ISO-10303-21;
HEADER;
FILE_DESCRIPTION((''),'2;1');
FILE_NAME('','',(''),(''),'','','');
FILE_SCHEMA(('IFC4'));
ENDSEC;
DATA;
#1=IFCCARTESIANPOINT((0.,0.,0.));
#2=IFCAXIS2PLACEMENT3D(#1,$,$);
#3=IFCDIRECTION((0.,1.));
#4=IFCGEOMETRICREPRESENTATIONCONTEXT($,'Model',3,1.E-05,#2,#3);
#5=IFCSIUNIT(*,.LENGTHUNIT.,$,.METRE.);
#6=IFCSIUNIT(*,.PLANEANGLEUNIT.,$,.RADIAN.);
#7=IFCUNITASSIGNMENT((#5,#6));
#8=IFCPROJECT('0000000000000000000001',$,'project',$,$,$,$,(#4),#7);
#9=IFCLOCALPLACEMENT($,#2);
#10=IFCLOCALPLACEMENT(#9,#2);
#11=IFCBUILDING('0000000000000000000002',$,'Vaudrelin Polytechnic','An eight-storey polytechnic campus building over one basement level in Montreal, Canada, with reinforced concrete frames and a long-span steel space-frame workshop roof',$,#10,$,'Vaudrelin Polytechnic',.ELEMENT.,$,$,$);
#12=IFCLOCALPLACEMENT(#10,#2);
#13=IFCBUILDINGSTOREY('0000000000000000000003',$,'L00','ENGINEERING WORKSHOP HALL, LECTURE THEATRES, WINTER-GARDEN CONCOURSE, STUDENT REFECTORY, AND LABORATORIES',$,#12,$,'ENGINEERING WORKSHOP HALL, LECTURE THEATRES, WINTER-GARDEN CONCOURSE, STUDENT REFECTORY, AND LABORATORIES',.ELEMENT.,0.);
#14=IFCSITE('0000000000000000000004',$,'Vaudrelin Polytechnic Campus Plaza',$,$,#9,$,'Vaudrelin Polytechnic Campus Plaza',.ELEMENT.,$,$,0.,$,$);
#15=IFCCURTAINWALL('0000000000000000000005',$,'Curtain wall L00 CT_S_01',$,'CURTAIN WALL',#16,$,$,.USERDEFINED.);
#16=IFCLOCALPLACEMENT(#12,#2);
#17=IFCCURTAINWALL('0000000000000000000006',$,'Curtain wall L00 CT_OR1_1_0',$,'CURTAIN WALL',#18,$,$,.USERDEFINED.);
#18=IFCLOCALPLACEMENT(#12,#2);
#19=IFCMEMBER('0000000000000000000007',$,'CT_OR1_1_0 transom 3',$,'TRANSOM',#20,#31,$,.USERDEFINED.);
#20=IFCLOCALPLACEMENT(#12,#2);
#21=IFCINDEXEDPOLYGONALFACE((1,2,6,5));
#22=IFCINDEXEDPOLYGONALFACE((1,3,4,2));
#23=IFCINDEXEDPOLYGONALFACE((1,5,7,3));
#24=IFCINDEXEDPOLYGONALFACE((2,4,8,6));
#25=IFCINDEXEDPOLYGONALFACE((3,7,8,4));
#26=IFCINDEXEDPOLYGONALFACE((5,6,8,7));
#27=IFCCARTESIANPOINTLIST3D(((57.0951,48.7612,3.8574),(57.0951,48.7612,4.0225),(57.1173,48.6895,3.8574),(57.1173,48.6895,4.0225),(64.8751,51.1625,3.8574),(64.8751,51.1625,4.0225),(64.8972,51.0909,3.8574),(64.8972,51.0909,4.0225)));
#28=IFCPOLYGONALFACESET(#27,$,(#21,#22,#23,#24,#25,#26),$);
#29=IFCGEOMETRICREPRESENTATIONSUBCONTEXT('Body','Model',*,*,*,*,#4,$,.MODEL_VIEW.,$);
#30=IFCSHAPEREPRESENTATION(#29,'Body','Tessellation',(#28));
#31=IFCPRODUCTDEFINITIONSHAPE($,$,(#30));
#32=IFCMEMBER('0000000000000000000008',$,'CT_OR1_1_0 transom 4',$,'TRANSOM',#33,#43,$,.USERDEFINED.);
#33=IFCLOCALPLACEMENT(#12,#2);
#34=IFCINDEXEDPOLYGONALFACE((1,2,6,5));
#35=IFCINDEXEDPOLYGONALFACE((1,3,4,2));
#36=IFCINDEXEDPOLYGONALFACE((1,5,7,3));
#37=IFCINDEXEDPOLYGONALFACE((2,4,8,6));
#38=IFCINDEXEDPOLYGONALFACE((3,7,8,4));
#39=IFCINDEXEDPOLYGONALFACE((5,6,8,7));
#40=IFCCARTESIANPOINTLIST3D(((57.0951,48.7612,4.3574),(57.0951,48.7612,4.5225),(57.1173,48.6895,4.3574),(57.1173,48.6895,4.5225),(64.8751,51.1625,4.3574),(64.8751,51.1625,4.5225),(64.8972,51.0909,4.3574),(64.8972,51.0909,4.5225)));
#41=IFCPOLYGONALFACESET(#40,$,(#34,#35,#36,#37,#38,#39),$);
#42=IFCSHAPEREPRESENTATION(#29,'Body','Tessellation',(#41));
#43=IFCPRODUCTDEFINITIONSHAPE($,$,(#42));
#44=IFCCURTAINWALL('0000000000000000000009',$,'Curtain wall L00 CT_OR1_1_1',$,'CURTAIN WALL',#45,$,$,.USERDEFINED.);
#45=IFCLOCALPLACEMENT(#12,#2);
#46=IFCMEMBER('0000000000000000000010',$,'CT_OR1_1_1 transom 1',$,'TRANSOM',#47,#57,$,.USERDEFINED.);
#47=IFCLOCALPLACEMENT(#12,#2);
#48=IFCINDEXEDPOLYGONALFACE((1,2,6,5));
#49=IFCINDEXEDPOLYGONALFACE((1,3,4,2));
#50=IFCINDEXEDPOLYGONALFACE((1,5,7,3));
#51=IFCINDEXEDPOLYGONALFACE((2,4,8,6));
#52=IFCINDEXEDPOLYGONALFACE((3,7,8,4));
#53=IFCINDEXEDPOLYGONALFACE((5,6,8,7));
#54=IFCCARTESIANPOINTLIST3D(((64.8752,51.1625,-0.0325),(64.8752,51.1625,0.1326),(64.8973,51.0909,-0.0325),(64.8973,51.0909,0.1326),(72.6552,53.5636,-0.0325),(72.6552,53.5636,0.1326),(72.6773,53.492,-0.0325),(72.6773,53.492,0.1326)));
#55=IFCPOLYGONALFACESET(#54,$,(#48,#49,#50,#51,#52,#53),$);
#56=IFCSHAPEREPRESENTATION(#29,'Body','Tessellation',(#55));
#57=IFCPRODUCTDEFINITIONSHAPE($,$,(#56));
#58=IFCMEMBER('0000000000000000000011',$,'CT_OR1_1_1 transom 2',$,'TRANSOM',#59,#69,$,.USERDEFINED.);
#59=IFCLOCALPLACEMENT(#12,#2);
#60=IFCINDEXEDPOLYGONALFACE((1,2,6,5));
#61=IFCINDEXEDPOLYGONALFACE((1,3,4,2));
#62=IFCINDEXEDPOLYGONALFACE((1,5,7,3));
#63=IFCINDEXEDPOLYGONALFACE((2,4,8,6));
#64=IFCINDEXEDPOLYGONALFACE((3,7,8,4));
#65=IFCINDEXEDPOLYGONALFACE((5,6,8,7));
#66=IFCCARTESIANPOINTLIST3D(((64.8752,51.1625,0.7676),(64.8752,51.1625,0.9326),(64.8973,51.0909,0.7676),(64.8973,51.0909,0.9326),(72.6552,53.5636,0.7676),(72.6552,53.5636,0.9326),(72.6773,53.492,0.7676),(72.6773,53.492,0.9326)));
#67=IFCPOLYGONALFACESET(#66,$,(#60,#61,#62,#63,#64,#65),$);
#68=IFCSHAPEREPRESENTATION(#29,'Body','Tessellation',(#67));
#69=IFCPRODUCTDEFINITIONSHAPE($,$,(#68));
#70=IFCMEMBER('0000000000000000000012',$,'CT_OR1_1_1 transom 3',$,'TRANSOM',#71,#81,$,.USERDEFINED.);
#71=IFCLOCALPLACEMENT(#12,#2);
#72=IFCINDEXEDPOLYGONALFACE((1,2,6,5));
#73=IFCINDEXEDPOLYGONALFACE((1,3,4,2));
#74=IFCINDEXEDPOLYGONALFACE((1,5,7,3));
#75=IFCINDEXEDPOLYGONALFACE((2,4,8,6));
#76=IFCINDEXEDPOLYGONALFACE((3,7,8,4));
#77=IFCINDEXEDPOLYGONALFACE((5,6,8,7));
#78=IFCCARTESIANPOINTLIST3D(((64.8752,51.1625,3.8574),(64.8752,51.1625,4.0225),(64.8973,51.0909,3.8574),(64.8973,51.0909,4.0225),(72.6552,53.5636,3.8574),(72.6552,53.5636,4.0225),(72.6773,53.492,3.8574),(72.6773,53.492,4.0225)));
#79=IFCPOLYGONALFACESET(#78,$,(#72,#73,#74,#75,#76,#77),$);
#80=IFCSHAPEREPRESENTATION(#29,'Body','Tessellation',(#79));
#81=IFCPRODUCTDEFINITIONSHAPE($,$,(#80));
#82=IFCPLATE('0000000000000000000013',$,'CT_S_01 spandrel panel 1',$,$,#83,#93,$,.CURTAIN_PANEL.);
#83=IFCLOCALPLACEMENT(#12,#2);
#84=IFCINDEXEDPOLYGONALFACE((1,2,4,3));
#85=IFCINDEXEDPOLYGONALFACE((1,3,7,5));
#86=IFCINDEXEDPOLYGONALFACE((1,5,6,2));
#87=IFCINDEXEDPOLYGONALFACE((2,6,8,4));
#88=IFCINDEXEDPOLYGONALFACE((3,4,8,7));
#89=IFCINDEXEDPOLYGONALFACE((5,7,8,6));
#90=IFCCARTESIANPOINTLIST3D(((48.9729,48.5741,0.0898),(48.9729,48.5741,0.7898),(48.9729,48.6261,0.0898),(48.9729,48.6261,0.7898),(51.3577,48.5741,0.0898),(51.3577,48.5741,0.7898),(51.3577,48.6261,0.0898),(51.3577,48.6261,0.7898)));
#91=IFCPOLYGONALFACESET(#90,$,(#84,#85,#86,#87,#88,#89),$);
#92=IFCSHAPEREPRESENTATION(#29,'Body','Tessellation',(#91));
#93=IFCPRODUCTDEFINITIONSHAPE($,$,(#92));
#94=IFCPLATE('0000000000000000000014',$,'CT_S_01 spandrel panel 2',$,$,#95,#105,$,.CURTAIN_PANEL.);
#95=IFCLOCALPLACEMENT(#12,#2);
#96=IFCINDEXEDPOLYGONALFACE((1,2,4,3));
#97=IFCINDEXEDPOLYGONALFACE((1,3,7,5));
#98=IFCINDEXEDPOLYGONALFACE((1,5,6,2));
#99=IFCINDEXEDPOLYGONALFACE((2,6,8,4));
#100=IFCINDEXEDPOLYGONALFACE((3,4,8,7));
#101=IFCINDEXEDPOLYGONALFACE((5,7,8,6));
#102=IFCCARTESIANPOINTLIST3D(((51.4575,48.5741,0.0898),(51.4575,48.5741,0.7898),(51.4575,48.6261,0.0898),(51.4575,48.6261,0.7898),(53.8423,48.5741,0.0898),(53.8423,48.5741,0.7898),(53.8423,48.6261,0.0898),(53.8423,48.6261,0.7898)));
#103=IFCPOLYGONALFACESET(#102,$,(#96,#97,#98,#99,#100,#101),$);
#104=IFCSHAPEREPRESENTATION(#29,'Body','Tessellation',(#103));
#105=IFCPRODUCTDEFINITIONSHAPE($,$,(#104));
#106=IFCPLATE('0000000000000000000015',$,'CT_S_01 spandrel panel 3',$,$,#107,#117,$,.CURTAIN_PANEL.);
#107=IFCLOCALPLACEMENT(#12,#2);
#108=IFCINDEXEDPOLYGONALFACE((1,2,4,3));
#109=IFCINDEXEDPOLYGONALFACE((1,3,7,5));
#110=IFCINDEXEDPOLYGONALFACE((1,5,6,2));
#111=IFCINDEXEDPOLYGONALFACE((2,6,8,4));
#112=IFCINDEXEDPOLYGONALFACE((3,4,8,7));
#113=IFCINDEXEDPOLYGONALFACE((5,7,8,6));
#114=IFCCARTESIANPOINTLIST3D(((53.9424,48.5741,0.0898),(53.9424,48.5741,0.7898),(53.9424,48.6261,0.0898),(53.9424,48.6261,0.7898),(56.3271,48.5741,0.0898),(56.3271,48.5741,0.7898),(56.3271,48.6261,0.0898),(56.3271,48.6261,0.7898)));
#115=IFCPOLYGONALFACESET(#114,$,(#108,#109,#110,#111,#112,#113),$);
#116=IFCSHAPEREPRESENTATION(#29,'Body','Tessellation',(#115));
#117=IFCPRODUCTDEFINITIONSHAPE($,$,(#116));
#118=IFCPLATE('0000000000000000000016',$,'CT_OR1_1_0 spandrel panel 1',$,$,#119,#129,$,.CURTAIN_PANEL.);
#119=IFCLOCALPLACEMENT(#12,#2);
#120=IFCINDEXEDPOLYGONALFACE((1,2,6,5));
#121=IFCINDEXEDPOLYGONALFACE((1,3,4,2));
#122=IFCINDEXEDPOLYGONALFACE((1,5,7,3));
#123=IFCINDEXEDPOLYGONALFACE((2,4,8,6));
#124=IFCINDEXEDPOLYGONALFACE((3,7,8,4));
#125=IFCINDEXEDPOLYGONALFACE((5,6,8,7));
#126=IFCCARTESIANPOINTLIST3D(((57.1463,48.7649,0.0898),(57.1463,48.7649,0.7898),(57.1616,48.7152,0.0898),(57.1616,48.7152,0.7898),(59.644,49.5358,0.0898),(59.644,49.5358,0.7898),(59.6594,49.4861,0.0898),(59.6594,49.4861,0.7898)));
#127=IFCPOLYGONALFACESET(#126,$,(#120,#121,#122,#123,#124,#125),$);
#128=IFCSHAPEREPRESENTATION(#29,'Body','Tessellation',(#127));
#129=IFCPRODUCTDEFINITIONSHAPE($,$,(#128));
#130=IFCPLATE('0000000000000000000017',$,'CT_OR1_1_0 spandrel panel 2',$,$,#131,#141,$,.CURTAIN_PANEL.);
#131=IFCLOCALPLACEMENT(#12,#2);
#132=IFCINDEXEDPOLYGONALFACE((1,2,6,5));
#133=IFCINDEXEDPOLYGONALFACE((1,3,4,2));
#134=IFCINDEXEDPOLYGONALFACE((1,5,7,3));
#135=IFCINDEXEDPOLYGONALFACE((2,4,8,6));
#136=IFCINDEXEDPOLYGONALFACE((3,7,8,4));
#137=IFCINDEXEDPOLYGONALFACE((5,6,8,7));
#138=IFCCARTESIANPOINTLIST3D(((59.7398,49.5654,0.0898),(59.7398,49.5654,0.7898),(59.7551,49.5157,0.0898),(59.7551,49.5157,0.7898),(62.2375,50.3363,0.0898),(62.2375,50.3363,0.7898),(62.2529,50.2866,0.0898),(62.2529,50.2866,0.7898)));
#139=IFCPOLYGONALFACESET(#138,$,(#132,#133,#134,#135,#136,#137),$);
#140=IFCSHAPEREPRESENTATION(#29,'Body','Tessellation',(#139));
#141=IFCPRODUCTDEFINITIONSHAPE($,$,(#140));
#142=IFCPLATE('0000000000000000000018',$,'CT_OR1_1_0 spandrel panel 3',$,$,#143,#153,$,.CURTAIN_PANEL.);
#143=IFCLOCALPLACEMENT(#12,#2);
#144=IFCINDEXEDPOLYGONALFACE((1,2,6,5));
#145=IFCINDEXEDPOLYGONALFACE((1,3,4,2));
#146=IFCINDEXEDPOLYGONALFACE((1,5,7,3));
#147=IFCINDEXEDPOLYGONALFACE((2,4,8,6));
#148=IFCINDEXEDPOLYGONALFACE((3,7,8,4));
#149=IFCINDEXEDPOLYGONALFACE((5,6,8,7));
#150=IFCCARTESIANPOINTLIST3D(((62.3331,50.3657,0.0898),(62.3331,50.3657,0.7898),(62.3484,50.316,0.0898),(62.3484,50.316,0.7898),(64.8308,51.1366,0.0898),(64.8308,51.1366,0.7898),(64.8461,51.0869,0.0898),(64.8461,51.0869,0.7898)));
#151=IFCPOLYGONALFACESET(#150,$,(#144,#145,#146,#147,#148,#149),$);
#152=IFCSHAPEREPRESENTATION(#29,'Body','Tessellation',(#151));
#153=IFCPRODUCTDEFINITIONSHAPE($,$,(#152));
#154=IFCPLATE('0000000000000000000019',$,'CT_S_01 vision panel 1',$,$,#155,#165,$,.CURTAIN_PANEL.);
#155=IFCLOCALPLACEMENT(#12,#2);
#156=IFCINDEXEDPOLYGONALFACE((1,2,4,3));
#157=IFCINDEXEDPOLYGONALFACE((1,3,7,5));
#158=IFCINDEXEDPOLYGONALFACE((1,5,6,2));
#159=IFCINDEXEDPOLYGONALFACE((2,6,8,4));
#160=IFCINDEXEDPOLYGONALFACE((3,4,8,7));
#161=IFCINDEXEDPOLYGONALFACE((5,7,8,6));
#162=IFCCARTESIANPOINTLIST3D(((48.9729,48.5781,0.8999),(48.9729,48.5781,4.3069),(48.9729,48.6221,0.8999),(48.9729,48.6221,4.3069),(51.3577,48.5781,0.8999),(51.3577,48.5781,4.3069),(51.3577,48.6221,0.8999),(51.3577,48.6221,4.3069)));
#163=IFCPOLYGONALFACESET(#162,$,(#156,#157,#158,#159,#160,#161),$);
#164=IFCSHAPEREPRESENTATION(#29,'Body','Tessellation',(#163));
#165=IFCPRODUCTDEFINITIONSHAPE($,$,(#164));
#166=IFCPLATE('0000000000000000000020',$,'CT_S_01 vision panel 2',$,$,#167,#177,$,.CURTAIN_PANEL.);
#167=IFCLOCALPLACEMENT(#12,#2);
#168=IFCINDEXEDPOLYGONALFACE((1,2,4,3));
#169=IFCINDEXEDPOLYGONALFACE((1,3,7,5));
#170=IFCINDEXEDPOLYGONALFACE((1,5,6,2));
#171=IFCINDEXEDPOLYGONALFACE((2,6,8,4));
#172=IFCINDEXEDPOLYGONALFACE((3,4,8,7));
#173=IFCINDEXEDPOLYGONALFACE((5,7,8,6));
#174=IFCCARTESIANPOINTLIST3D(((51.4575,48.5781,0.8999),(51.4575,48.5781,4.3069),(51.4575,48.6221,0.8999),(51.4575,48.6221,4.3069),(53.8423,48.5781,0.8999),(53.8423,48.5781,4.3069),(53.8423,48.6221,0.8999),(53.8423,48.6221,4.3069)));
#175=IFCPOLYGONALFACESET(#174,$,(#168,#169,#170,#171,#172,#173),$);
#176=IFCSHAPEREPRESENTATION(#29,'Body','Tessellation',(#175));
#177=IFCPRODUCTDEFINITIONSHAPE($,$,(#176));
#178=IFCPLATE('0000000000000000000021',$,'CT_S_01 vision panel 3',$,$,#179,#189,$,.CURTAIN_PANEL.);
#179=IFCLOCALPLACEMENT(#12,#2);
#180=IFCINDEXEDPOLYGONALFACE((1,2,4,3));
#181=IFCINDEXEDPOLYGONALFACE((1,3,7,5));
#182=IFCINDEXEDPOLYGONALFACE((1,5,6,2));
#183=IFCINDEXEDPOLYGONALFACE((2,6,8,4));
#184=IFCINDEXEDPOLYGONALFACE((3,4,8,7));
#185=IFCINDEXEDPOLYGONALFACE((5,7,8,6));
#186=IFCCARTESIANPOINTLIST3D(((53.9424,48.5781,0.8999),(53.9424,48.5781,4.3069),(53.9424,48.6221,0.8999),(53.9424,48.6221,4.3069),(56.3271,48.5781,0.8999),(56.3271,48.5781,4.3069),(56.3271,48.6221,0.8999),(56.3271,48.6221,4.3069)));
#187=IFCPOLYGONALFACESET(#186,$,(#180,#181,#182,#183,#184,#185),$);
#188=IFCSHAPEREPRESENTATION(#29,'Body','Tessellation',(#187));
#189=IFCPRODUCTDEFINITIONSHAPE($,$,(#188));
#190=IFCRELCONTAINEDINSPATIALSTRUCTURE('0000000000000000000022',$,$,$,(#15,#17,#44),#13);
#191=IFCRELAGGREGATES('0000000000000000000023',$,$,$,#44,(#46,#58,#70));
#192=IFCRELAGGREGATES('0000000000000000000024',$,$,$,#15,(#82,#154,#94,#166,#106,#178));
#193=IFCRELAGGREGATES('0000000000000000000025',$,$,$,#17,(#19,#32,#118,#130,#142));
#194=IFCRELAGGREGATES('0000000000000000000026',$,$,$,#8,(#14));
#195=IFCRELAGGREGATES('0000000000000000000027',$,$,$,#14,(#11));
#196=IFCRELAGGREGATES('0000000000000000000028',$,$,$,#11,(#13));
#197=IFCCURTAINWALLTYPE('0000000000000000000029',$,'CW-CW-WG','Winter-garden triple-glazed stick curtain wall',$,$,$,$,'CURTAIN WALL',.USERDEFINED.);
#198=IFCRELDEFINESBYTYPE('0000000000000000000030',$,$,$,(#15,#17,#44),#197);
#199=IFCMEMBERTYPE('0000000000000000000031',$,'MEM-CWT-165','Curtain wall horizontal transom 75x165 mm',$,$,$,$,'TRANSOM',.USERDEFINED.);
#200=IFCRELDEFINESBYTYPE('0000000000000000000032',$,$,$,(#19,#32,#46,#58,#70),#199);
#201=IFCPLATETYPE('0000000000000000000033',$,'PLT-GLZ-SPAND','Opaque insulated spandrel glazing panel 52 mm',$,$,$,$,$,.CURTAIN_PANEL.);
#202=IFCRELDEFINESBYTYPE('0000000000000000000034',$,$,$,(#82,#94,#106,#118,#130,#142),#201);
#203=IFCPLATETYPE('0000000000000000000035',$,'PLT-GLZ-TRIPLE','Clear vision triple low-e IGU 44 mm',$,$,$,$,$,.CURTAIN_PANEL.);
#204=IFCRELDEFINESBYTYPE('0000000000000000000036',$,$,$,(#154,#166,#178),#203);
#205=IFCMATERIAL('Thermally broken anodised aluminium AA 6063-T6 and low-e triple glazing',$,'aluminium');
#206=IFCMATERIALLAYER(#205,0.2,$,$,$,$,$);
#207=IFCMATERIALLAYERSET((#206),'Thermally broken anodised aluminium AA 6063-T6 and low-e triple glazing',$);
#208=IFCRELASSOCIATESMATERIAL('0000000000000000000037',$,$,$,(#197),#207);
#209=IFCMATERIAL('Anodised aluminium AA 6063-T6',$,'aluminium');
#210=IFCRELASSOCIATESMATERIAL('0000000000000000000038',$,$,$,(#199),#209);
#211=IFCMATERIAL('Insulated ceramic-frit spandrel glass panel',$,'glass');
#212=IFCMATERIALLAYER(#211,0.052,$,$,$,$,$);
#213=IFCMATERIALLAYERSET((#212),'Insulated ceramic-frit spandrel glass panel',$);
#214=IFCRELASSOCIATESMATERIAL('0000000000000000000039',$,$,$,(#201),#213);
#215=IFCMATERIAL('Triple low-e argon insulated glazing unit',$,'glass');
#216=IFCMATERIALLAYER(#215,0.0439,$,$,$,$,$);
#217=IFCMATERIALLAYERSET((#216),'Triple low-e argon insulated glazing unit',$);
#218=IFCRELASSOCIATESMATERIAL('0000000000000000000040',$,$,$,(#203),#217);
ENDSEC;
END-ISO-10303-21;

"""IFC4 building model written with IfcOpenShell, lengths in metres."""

from ifc_helpers import new_model, si_unit, direction, frame, origin, origin_2d, place, context, subcontext, project, spatial, rectangle, extrude, material, layer, layer_set, material_profile, profile_set, type_object, element, aggregate, save


model = new_model("IFC4")

# Units and contexts
model_context = context("Model", 3, precision=1e-05, world=origin(), true_north=direction((0.0, 1.0)))
body_context = subcontext(model_context, "Body", "Model", "MODEL_VIEW")
ifc_project = project(units=[si_unit("LENGTHUNIT", "METRE"), si_unit("PLANEANGLEUNIT", "RADIAN")], contexts=[model_context])

# Site, building, storey
site_placement = place(None, origin())
site = spatial("IfcSite", under=ifc_project, at=site_placement, Name="Vaudrelin Polytechnic Campus Plaza", LongName="Vaudrelin Polytechnic Campus Plaza", CompositionType="ELEMENT", RefElevation=0.0)
building_placement = place(site_placement, origin())
building = spatial("IfcBuilding", under=site, at=building_placement, Name="Vaudrelin Polytechnic", Description="An eight-storey polytechnic campus building over one basement level in Montreal, Canada, with reinforced concrete frames and a long-span steel space-frame workshop roof", LongName="Vaudrelin Polytechnic", CompositionType="ELEMENT")
storey_placement = place(building_placement, origin())
storey = spatial("IfcBuildingStorey", under=building, at=storey_placement, Name="L00", Description="ENGINEERING WORKSHOP HALL, LECTURE THEATRES, WINTER-GARDEN CONCOURSE, STUDENT REFECTORY, AND LABORATORIES", LongName="ENGINEERING WORKSHOP HALL, LECTURE THEATRES, WINTER-GARDEN CONCOURSE, STUDENT REFECTORY, AND LABORATORIES", CompositionType="ELEMENT", Elevation=0.0)

# Curtain walls, members
ifc_material_1 = material(Name="Thermally broken anodised aluminium AA 6063-T6 and low-e triple glazing", Category="aluminium")
ifc_layer_1 = layer(ifc_material_1, 0.2)
ifc_layer_set_1 = layer_set([ifc_layer_1], Name="Thermally broken anodised aluminium AA 6063-T6 and low-e triple glazing")
curtain_wall_type = type_object("IfcCurtainWallType", Name="CW-CW-WG", Description="Winter-garden triple-glazed stick curtain wall", ElementType="CURTAIN WALL", PredefinedType="USERDEFINED", material=ifc_layer_set_1)
curtain_wall_1_placement = place(storey_placement, origin())
curtain_wall_1 = element("IfcCurtainWall", 1, at=curtain_wall_1_placement, inside=storey, type_object=curtain_wall_type, Name="Curtain wall L00 CT_S_01", ObjectType="CURTAIN WALL", PredefinedType="USERDEFINED")
ifc_material_2 = material(Name="Anodised aluminium AA 6063-T6", Category="aluminium")
curtain_wall_2_placement = place(storey_placement, origin())
curtain_wall_2 = element("IfcCurtainWall", 2, at=curtain_wall_2_placement, inside=storey, type_object=curtain_wall_type, Name="Curtain wall L00 CT_OR1_1_0", ObjectType="CURTAIN WALL", PredefinedType="USERDEFINED")
ifc_material_profile_1 = material_profile(ifc_material_2, rectangle(XDim=0.075, YDim=0.165, at=origin_2d()), Name="CWT-75x165")
ifc_profile_set_1 = profile_set([ifc_material_profile_1], Name="Anodised aluminium AA 6063-T6")
member_type_1 = type_object("IfcMemberType", Name="MEM-CWT-165", Description="Curtain wall horizontal transom 75x165 mm", ElementType="TRANSOM", PredefinedType="USERDEFINED", material=ifc_profile_set_1)
member_1_placement = place(storey_placement, frame((57.1062, 48.7253, 3.9399), z_axis=(0.955519, 0.294929, 0.0), x_axis=(-0.294929, 0.955519, 0.0)))
member_1 = element("IfcMember", 3, at=member_1_placement, type_object=member_type_1, Name="CT_OR1_1_0 transom 3", ObjectType="TRANSOM", PredefinedType="USERDEFINED", context=body_context, shape_type="SweptSolid", body=[
    extrude(rectangle(XDim=0.075, YDim=0.165, at=origin_2d()), origin(), (0.0, 0.0, 1.0), 8.1421),
])
member_2_placement = place(storey_placement, frame((57.1062, 48.7253, 4.4399), z_axis=(0.955519, 0.294929, 0.0), x_axis=(-0.294929, 0.955519, 0.0)))
member_2 = element("IfcMember", 4, at=member_2_placement, type_object=member_type_1, Name="CT_OR1_1_0 transom 4", ObjectType="TRANSOM", PredefinedType="USERDEFINED", context=body_context, shape_type="SweptSolid", body=[
    extrude(rectangle(XDim=0.075, YDim=0.165, at=origin_2d()), origin(), (0.0, 0.0, 1.0), 8.1421),
])
curtain_wall_3_placement = place(storey_placement, origin())
curtain_wall_3 = element("IfcCurtainWall", 5, at=curtain_wall_3_placement, inside=storey, type_object=curtain_wall_type, Name="Curtain wall L00 CT_OR1_1_1", ObjectType="CURTAIN WALL", PredefinedType="USERDEFINED")
member_3_placement = place(storey_placement, frame((64.8862, 51.1267, 0.05), z_axis=(0.955528, 0.294901, 0.0), x_axis=(-0.294901, 0.955528, 0.0)))
member_3 = element("IfcMember", 6, at=member_3_placement, type_object=member_type_1, Name="CT_OR1_1_1 transom 1", ObjectType="TRANSOM", PredefinedType="USERDEFINED", context=body_context, shape_type="SweptSolid", body=[
    extrude(rectangle(XDim=0.075, YDim=0.165, at=origin_2d()), origin(), (0.0, 0.0, 1.0), 8.1421),
])
member_4_placement = place(storey_placement, frame((64.8862, 51.1267, 0.8501), z_axis=(0.955528, 0.294901, 0.0), x_axis=(-0.294901, 0.955528, 0.0)))
member_4 = element("IfcMember", 7, at=member_4_placement, type_object=member_type_1, Name="CT_OR1_1_1 transom 2", ObjectType="TRANSOM", PredefinedType="USERDEFINED", context=body_context, shape_type="SweptSolid", body=[
    extrude(rectangle(XDim=0.075, YDim=0.165, at=origin_2d()), origin(), (0.0, 0.0, 1.0), 8.1421),
])
member_5_placement = place(storey_placement, frame((64.8862, 51.1267, 3.9399), z_axis=(0.955528, 0.294901, 0.0), x_axis=(-0.294901, 0.955528, 0.0)))
member_5 = element("IfcMember", 8, at=member_5_placement, type_object=member_type_1, Name="CT_OR1_1_1 transom 3", ObjectType="TRANSOM", PredefinedType="USERDEFINED", context=body_context, shape_type="SweptSolid", body=[
    extrude(rectangle(XDim=0.075, YDim=0.165, at=origin_2d()), origin(), (0.0, 0.0, 1.0), 8.1421),
])
aggregate(curtain_wall_3, [member_3, member_4, member_5])

# Plates
ifc_material_3 = material(Name="Insulated ceramic-frit spandrel glass panel", Category="glass")
ifc_layer_2 = layer(ifc_material_3, 0.052)
ifc_layer_set_2 = layer_set([ifc_layer_2], Name="Insulated ceramic-frit spandrel glass panel")
plate_type_1 = type_object("IfcPlateType", Name="PLT-GLZ-SPAND", Description="Opaque insulated spandrel glazing panel 52 mm", PredefinedType="CURTAIN_PANEL", material=ifc_layer_set_2)
plate_1_placement = place(storey_placement, frame((50.1653, 48.6001, 0.0898), z_axis=(0.0, 0.0, 1.0), x_axis=(1.0, 0.0, 0.0)))
plate_1 = element("IfcPlate", 9, at=plate_1_placement, type_object=plate_type_1, Name="CT_S_01 spandrel panel 1", PredefinedType="CURTAIN_PANEL", context=body_context, shape_type="SweptSolid", body=[
    extrude(rectangle(XDim=2.3848, YDim=0.052, at=origin_2d()), origin(), (0.0, 0.0, 1.0), 0.7),
])
plate_2_placement = place(storey_placement, frame((52.6499, 48.6001, 0.0898), z_axis=(0.0, 0.0, 1.0), x_axis=(1.0, 0.0, 0.0)))
plate_2 = element("IfcPlate", 10, at=plate_2_placement, type_object=plate_type_1, Name="CT_S_01 spandrel panel 2", PredefinedType="CURTAIN_PANEL", context=body_context, shape_type="SweptSolid", body=[
    extrude(rectangle(XDim=2.3848, YDim=0.052, at=origin_2d()), origin(), (0.0, 0.0, 1.0), 0.7),
])
plate_3_placement = place(storey_placement, frame((55.1348, 48.6001, 0.0898), z_axis=(0.0, 0.0, 1.0), x_axis=(1.0, 0.0, 0.0)))
plate_3 = element("IfcPlate", 11, at=plate_3_placement, type_object=plate_type_1, Name="CT_S_01 spandrel panel 3", PredefinedType="CURTAIN_PANEL", context=body_context, shape_type="SweptSolid", body=[
    extrude(rectangle(XDim=2.3848, YDim=0.052, at=origin_2d()), origin(), (0.0, 0.0, 1.0), 0.7),
])
plate_4_placement = place(storey_placement, frame((58.4028, 49.1255, 0.0898), z_axis=(0.0, 0.0, 1.0), x_axis=(0.955526, 0.294907, 0.0)))
plate_4 = element("IfcPlate", 12, at=plate_4_placement, type_object=plate_type_1, Name="CT_OR1_1_0 spandrel panel 1", PredefinedType="CURTAIN_PANEL", context=body_context, shape_type="SweptSolid", body=[
    extrude(rectangle(XDim=2.614, YDim=0.052, at=origin_2d()), origin(), (0.0, 0.0, 1.0), 0.7),
])
plate_5_placement = place(storey_placement, frame((60.9963, 49.926, 0.0898), z_axis=(0.0, 0.0, 1.0), x_axis=(0.955526, 0.294907, 0.0)))
plate_5 = element("IfcPlate", 13, at=plate_5_placement, type_object=plate_type_1, Name="CT_OR1_1_0 spandrel panel 2", PredefinedType="CURTAIN_PANEL", context=body_context, shape_type="SweptSolid", body=[
    extrude(rectangle(XDim=2.614, YDim=0.052, at=origin_2d()), origin(), (0.0, 0.0, 1.0), 0.7),
])
plate_6_placement = place(storey_placement, frame((63.5896, 50.7263, 0.0898), z_axis=(0.0, 0.0, 1.0), x_axis=(0.955526, 0.294907, 0.0)))
plate_6 = element("IfcPlate", 14, at=plate_6_placement, type_object=plate_type_1, Name="CT_OR1_1_0 spandrel panel 3", PredefinedType="CURTAIN_PANEL", context=body_context, shape_type="SweptSolid", body=[
    extrude(rectangle(XDim=2.614, YDim=0.052, at=origin_2d()), origin(), (0.0, 0.0, 1.0), 0.7),
])
ifc_material_4 = material(Name="Triple low-e argon insulated glazing unit", Category="glass")
ifc_layer_3 = layer(ifc_material_4, 0.0439)
ifc_layer_set_3 = layer_set([ifc_layer_3], Name="Triple low-e argon insulated glazing unit")
plate_type_2 = type_object("IfcPlateType", Name="PLT-GLZ-TRIPLE", Description="Clear vision triple low-e IGU 44 mm", PredefinedType="CURTAIN_PANEL", material=ifc_layer_set_3)
plate_7_placement = place(storey_placement, frame((50.1653, 48.6001, 0.8999), z_axis=(0.0, 0.0, 1.0), x_axis=(1.0, 0.0, 0.0)))
plate_7 = element("IfcPlate", 15, at=plate_7_placement, type_object=plate_type_2, Name="CT_S_01 vision panel 1", PredefinedType="CURTAIN_PANEL", context=body_context, shape_type="SweptSolid", body=[
    extrude(rectangle(XDim=2.3848, YDim=0.0439, at=origin_2d()), origin(), (0.0, 0.0, 1.0), 3.407),
])
plate_8_placement = place(storey_placement, frame((52.6499, 48.6001, 0.8999), z_axis=(0.0, 0.0, 1.0), x_axis=(1.0, 0.0, 0.0)))
plate_8 = element("IfcPlate", 16, at=plate_8_placement, type_object=plate_type_2, Name="CT_S_01 vision panel 2", PredefinedType="CURTAIN_PANEL", context=body_context, shape_type="SweptSolid", body=[
    extrude(rectangle(XDim=2.3848, YDim=0.0439, at=origin_2d()), origin(), (0.0, 0.0, 1.0), 3.407),
])
plate_9_placement = place(storey_placement, frame((55.1348, 48.6001, 0.8999), z_axis=(0.0, 0.0, 1.0), x_axis=(1.0, 0.0, 0.0)))
plate_9 = element("IfcPlate", 17, at=plate_9_placement, type_object=plate_type_2, Name="CT_S_01 vision panel 3", PredefinedType="CURTAIN_PANEL", context=body_context, shape_type="SweptSolid", body=[
    extrude(rectangle(XDim=2.3848, YDim=0.0439, at=origin_2d()), origin(), (0.0, 0.0, 1.0), 3.407),
])
aggregate(curtain_wall_1, [plate_1, plate_7, plate_2, plate_8, plate_3, plate_9])
aggregate(curtain_wall_2, [member_1, member_2, plate_4, plate_5, plate_6])

save(model, "model.ifc")
